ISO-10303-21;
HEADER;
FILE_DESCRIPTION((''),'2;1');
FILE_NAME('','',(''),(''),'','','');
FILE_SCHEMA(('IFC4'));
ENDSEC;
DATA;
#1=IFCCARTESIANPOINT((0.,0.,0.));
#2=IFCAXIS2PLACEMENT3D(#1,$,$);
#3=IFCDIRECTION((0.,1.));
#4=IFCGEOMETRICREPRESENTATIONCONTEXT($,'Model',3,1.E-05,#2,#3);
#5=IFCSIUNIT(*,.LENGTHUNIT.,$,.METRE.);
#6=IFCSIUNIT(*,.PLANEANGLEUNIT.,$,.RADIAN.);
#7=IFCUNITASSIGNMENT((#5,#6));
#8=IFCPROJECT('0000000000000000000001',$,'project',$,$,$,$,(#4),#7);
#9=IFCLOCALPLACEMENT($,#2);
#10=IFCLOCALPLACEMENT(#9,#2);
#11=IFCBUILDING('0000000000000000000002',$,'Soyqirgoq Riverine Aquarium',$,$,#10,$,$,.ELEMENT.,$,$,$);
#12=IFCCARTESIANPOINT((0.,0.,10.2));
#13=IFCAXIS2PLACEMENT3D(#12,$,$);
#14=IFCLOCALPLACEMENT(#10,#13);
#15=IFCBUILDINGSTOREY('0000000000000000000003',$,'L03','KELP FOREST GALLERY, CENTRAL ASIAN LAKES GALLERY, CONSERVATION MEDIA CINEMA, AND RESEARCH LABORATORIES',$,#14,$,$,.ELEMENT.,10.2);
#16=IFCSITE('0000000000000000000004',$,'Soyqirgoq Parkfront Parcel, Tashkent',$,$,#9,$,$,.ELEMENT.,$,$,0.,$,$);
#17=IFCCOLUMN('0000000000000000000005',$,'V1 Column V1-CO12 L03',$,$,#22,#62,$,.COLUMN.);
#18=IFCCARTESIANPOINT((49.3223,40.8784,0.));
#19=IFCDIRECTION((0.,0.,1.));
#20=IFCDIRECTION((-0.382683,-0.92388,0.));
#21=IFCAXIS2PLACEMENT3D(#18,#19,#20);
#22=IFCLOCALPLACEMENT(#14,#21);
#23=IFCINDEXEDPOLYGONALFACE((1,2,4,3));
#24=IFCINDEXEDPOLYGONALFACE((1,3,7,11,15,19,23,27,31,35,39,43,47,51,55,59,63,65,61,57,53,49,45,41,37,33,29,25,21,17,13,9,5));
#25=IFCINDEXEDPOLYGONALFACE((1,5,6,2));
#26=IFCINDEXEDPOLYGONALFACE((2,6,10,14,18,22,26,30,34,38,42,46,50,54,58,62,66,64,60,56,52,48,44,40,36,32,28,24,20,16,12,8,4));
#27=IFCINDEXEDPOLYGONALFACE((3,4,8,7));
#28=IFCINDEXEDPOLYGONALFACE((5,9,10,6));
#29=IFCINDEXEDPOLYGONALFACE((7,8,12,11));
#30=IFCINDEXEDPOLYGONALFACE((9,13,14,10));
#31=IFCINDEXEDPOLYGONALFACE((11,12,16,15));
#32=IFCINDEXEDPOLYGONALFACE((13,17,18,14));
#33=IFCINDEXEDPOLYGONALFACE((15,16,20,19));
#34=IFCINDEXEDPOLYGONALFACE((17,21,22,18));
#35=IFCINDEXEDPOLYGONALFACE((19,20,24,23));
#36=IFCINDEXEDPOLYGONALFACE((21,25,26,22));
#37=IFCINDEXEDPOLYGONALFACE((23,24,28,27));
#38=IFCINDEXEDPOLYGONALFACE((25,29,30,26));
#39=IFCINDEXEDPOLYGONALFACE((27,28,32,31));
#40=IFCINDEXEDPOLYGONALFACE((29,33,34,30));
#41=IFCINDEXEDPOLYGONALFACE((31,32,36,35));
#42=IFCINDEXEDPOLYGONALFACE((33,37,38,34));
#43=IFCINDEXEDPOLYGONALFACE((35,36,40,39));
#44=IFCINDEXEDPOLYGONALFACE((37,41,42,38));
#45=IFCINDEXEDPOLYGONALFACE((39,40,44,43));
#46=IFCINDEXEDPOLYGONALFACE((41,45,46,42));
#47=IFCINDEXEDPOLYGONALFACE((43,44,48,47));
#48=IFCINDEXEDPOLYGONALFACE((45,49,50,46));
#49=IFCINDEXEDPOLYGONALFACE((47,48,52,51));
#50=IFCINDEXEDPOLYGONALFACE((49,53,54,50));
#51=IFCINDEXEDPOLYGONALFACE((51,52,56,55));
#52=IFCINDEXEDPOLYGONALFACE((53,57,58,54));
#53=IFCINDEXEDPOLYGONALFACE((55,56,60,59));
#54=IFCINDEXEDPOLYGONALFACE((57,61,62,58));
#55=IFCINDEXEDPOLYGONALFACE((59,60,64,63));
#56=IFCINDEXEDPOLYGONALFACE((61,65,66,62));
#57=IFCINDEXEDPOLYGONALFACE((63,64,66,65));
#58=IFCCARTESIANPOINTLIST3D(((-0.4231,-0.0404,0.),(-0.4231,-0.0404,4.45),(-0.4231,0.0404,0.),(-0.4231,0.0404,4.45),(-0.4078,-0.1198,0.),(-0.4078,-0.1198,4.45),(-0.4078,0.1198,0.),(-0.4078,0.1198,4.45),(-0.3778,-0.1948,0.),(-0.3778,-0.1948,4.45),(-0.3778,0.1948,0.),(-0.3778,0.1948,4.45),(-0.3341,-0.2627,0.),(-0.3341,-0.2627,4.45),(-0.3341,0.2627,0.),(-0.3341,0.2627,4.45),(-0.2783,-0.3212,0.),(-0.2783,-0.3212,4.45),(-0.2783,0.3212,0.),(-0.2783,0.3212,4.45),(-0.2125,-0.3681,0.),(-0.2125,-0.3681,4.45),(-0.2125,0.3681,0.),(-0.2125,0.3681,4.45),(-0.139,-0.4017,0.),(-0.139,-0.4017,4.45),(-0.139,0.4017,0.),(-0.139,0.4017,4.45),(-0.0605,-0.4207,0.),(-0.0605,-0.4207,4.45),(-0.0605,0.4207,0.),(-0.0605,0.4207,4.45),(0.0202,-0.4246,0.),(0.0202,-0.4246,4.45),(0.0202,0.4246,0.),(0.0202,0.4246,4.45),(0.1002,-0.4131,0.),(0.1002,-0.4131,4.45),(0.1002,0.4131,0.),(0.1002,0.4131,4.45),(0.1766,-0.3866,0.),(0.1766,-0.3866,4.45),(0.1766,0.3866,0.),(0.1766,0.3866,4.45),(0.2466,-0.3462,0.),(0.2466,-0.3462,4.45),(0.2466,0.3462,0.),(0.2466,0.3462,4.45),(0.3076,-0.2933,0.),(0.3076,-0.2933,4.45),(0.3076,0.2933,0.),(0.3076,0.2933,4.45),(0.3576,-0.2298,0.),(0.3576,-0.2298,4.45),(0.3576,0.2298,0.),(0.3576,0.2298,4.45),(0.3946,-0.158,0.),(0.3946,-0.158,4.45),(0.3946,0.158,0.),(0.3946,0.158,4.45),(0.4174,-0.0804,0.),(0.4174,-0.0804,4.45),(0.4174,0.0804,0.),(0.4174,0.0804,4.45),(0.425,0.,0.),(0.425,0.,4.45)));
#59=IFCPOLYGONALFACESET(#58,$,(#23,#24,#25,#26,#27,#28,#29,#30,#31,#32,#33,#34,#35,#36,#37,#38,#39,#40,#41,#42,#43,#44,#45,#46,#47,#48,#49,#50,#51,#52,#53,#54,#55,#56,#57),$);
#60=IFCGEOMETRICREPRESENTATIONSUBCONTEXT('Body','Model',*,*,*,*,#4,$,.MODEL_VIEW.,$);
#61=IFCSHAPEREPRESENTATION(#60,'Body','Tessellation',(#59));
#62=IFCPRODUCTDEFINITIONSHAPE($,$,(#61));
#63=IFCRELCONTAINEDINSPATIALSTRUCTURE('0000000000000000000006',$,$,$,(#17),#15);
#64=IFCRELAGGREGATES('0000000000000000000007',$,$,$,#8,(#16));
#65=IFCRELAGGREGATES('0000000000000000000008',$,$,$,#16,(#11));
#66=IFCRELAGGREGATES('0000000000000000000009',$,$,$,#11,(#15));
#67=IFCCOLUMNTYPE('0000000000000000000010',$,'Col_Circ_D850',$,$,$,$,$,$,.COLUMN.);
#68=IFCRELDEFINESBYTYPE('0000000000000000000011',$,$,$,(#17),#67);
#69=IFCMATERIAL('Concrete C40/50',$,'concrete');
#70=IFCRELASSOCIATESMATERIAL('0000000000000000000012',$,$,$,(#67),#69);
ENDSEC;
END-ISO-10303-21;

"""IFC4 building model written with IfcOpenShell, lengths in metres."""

from ifc_helpers import new_model, si_unit, direction, frame, origin, origin_2d, place, context, subcontext, project, spatial, circle, extrude, material, material_profile, profile_set, type_object, element, save


model = new_model("IFC4")

# Units and contexts
model_context = context("Model", 3, precision=1e-05, world=origin(), true_north=direction((0.0, 1.0)))
body_context = subcontext(model_context, "Body", "Model", "MODEL_VIEW")
ifc_project = project(units=[si_unit("LENGTHUNIT", "METRE"), si_unit("PLANEANGLEUNIT", "RADIAN")], contexts=[model_context])

# Site, building, storey
site_placement = place(None, origin())
site = spatial("IfcSite", under=ifc_project, at=site_placement, Name="Soyqirgoq Parkfront Parcel, Tashkent", CompositionType="ELEMENT", RefElevation=0.0)
building_placement = place(site_placement, origin())
building = spatial("IfcBuilding", under=site, at=building_placement, Name="Soyqirgoq Riverine Aquarium", CompositionType="ELEMENT")
storey_placement = place(building_placement, frame((0.0, 0.0, 10.2)))
storey = spatial("IfcBuildingStorey", under=building, at=storey_placement, Name="L03", Description="KELP FOREST GALLERY, CENTRAL ASIAN LAKES GALLERY, CONSERVATION MEDIA CINEMA, AND RESEARCH LABORATORIES", CompositionType="ELEMENT", Elevation=10.2)

# Column
ifc_material_1 = material(Name="Concrete C40/50", Category="concrete")
ifc_material_profile_1 = material_profile(ifc_material_1, circle(Radius=0.425, at=origin_2d()), Name="RC-COL D850")
ifc_profile_set_1 = profile_set([ifc_material_profile_1], Name="Concrete C40/50")
column_type = type_object("IfcColumnType", Name="Col_Circ_D850", PredefinedType="COLUMN", material=ifc_profile_set_1)
column_placement = place(storey_placement, frame((49.3223, 40.8784, 0.0), z_axis=(0.0, 0.0, 1.0), x_axis=(-0.382683, -0.92388, 0.0)))
element("IfcColumn", 1, at=column_placement, inside=storey, type_object=column_type, Name="V1 Column V1-CO12 L03", PredefinedType="COLUMN", context=body_context, shape_type="SweptSolid", body=[
    extrude(circle(Radius=0.425, at=origin_2d()), origin(), (0.0, 0.0, 1.0), 4.45),
])

save(model, "model.ifc")
